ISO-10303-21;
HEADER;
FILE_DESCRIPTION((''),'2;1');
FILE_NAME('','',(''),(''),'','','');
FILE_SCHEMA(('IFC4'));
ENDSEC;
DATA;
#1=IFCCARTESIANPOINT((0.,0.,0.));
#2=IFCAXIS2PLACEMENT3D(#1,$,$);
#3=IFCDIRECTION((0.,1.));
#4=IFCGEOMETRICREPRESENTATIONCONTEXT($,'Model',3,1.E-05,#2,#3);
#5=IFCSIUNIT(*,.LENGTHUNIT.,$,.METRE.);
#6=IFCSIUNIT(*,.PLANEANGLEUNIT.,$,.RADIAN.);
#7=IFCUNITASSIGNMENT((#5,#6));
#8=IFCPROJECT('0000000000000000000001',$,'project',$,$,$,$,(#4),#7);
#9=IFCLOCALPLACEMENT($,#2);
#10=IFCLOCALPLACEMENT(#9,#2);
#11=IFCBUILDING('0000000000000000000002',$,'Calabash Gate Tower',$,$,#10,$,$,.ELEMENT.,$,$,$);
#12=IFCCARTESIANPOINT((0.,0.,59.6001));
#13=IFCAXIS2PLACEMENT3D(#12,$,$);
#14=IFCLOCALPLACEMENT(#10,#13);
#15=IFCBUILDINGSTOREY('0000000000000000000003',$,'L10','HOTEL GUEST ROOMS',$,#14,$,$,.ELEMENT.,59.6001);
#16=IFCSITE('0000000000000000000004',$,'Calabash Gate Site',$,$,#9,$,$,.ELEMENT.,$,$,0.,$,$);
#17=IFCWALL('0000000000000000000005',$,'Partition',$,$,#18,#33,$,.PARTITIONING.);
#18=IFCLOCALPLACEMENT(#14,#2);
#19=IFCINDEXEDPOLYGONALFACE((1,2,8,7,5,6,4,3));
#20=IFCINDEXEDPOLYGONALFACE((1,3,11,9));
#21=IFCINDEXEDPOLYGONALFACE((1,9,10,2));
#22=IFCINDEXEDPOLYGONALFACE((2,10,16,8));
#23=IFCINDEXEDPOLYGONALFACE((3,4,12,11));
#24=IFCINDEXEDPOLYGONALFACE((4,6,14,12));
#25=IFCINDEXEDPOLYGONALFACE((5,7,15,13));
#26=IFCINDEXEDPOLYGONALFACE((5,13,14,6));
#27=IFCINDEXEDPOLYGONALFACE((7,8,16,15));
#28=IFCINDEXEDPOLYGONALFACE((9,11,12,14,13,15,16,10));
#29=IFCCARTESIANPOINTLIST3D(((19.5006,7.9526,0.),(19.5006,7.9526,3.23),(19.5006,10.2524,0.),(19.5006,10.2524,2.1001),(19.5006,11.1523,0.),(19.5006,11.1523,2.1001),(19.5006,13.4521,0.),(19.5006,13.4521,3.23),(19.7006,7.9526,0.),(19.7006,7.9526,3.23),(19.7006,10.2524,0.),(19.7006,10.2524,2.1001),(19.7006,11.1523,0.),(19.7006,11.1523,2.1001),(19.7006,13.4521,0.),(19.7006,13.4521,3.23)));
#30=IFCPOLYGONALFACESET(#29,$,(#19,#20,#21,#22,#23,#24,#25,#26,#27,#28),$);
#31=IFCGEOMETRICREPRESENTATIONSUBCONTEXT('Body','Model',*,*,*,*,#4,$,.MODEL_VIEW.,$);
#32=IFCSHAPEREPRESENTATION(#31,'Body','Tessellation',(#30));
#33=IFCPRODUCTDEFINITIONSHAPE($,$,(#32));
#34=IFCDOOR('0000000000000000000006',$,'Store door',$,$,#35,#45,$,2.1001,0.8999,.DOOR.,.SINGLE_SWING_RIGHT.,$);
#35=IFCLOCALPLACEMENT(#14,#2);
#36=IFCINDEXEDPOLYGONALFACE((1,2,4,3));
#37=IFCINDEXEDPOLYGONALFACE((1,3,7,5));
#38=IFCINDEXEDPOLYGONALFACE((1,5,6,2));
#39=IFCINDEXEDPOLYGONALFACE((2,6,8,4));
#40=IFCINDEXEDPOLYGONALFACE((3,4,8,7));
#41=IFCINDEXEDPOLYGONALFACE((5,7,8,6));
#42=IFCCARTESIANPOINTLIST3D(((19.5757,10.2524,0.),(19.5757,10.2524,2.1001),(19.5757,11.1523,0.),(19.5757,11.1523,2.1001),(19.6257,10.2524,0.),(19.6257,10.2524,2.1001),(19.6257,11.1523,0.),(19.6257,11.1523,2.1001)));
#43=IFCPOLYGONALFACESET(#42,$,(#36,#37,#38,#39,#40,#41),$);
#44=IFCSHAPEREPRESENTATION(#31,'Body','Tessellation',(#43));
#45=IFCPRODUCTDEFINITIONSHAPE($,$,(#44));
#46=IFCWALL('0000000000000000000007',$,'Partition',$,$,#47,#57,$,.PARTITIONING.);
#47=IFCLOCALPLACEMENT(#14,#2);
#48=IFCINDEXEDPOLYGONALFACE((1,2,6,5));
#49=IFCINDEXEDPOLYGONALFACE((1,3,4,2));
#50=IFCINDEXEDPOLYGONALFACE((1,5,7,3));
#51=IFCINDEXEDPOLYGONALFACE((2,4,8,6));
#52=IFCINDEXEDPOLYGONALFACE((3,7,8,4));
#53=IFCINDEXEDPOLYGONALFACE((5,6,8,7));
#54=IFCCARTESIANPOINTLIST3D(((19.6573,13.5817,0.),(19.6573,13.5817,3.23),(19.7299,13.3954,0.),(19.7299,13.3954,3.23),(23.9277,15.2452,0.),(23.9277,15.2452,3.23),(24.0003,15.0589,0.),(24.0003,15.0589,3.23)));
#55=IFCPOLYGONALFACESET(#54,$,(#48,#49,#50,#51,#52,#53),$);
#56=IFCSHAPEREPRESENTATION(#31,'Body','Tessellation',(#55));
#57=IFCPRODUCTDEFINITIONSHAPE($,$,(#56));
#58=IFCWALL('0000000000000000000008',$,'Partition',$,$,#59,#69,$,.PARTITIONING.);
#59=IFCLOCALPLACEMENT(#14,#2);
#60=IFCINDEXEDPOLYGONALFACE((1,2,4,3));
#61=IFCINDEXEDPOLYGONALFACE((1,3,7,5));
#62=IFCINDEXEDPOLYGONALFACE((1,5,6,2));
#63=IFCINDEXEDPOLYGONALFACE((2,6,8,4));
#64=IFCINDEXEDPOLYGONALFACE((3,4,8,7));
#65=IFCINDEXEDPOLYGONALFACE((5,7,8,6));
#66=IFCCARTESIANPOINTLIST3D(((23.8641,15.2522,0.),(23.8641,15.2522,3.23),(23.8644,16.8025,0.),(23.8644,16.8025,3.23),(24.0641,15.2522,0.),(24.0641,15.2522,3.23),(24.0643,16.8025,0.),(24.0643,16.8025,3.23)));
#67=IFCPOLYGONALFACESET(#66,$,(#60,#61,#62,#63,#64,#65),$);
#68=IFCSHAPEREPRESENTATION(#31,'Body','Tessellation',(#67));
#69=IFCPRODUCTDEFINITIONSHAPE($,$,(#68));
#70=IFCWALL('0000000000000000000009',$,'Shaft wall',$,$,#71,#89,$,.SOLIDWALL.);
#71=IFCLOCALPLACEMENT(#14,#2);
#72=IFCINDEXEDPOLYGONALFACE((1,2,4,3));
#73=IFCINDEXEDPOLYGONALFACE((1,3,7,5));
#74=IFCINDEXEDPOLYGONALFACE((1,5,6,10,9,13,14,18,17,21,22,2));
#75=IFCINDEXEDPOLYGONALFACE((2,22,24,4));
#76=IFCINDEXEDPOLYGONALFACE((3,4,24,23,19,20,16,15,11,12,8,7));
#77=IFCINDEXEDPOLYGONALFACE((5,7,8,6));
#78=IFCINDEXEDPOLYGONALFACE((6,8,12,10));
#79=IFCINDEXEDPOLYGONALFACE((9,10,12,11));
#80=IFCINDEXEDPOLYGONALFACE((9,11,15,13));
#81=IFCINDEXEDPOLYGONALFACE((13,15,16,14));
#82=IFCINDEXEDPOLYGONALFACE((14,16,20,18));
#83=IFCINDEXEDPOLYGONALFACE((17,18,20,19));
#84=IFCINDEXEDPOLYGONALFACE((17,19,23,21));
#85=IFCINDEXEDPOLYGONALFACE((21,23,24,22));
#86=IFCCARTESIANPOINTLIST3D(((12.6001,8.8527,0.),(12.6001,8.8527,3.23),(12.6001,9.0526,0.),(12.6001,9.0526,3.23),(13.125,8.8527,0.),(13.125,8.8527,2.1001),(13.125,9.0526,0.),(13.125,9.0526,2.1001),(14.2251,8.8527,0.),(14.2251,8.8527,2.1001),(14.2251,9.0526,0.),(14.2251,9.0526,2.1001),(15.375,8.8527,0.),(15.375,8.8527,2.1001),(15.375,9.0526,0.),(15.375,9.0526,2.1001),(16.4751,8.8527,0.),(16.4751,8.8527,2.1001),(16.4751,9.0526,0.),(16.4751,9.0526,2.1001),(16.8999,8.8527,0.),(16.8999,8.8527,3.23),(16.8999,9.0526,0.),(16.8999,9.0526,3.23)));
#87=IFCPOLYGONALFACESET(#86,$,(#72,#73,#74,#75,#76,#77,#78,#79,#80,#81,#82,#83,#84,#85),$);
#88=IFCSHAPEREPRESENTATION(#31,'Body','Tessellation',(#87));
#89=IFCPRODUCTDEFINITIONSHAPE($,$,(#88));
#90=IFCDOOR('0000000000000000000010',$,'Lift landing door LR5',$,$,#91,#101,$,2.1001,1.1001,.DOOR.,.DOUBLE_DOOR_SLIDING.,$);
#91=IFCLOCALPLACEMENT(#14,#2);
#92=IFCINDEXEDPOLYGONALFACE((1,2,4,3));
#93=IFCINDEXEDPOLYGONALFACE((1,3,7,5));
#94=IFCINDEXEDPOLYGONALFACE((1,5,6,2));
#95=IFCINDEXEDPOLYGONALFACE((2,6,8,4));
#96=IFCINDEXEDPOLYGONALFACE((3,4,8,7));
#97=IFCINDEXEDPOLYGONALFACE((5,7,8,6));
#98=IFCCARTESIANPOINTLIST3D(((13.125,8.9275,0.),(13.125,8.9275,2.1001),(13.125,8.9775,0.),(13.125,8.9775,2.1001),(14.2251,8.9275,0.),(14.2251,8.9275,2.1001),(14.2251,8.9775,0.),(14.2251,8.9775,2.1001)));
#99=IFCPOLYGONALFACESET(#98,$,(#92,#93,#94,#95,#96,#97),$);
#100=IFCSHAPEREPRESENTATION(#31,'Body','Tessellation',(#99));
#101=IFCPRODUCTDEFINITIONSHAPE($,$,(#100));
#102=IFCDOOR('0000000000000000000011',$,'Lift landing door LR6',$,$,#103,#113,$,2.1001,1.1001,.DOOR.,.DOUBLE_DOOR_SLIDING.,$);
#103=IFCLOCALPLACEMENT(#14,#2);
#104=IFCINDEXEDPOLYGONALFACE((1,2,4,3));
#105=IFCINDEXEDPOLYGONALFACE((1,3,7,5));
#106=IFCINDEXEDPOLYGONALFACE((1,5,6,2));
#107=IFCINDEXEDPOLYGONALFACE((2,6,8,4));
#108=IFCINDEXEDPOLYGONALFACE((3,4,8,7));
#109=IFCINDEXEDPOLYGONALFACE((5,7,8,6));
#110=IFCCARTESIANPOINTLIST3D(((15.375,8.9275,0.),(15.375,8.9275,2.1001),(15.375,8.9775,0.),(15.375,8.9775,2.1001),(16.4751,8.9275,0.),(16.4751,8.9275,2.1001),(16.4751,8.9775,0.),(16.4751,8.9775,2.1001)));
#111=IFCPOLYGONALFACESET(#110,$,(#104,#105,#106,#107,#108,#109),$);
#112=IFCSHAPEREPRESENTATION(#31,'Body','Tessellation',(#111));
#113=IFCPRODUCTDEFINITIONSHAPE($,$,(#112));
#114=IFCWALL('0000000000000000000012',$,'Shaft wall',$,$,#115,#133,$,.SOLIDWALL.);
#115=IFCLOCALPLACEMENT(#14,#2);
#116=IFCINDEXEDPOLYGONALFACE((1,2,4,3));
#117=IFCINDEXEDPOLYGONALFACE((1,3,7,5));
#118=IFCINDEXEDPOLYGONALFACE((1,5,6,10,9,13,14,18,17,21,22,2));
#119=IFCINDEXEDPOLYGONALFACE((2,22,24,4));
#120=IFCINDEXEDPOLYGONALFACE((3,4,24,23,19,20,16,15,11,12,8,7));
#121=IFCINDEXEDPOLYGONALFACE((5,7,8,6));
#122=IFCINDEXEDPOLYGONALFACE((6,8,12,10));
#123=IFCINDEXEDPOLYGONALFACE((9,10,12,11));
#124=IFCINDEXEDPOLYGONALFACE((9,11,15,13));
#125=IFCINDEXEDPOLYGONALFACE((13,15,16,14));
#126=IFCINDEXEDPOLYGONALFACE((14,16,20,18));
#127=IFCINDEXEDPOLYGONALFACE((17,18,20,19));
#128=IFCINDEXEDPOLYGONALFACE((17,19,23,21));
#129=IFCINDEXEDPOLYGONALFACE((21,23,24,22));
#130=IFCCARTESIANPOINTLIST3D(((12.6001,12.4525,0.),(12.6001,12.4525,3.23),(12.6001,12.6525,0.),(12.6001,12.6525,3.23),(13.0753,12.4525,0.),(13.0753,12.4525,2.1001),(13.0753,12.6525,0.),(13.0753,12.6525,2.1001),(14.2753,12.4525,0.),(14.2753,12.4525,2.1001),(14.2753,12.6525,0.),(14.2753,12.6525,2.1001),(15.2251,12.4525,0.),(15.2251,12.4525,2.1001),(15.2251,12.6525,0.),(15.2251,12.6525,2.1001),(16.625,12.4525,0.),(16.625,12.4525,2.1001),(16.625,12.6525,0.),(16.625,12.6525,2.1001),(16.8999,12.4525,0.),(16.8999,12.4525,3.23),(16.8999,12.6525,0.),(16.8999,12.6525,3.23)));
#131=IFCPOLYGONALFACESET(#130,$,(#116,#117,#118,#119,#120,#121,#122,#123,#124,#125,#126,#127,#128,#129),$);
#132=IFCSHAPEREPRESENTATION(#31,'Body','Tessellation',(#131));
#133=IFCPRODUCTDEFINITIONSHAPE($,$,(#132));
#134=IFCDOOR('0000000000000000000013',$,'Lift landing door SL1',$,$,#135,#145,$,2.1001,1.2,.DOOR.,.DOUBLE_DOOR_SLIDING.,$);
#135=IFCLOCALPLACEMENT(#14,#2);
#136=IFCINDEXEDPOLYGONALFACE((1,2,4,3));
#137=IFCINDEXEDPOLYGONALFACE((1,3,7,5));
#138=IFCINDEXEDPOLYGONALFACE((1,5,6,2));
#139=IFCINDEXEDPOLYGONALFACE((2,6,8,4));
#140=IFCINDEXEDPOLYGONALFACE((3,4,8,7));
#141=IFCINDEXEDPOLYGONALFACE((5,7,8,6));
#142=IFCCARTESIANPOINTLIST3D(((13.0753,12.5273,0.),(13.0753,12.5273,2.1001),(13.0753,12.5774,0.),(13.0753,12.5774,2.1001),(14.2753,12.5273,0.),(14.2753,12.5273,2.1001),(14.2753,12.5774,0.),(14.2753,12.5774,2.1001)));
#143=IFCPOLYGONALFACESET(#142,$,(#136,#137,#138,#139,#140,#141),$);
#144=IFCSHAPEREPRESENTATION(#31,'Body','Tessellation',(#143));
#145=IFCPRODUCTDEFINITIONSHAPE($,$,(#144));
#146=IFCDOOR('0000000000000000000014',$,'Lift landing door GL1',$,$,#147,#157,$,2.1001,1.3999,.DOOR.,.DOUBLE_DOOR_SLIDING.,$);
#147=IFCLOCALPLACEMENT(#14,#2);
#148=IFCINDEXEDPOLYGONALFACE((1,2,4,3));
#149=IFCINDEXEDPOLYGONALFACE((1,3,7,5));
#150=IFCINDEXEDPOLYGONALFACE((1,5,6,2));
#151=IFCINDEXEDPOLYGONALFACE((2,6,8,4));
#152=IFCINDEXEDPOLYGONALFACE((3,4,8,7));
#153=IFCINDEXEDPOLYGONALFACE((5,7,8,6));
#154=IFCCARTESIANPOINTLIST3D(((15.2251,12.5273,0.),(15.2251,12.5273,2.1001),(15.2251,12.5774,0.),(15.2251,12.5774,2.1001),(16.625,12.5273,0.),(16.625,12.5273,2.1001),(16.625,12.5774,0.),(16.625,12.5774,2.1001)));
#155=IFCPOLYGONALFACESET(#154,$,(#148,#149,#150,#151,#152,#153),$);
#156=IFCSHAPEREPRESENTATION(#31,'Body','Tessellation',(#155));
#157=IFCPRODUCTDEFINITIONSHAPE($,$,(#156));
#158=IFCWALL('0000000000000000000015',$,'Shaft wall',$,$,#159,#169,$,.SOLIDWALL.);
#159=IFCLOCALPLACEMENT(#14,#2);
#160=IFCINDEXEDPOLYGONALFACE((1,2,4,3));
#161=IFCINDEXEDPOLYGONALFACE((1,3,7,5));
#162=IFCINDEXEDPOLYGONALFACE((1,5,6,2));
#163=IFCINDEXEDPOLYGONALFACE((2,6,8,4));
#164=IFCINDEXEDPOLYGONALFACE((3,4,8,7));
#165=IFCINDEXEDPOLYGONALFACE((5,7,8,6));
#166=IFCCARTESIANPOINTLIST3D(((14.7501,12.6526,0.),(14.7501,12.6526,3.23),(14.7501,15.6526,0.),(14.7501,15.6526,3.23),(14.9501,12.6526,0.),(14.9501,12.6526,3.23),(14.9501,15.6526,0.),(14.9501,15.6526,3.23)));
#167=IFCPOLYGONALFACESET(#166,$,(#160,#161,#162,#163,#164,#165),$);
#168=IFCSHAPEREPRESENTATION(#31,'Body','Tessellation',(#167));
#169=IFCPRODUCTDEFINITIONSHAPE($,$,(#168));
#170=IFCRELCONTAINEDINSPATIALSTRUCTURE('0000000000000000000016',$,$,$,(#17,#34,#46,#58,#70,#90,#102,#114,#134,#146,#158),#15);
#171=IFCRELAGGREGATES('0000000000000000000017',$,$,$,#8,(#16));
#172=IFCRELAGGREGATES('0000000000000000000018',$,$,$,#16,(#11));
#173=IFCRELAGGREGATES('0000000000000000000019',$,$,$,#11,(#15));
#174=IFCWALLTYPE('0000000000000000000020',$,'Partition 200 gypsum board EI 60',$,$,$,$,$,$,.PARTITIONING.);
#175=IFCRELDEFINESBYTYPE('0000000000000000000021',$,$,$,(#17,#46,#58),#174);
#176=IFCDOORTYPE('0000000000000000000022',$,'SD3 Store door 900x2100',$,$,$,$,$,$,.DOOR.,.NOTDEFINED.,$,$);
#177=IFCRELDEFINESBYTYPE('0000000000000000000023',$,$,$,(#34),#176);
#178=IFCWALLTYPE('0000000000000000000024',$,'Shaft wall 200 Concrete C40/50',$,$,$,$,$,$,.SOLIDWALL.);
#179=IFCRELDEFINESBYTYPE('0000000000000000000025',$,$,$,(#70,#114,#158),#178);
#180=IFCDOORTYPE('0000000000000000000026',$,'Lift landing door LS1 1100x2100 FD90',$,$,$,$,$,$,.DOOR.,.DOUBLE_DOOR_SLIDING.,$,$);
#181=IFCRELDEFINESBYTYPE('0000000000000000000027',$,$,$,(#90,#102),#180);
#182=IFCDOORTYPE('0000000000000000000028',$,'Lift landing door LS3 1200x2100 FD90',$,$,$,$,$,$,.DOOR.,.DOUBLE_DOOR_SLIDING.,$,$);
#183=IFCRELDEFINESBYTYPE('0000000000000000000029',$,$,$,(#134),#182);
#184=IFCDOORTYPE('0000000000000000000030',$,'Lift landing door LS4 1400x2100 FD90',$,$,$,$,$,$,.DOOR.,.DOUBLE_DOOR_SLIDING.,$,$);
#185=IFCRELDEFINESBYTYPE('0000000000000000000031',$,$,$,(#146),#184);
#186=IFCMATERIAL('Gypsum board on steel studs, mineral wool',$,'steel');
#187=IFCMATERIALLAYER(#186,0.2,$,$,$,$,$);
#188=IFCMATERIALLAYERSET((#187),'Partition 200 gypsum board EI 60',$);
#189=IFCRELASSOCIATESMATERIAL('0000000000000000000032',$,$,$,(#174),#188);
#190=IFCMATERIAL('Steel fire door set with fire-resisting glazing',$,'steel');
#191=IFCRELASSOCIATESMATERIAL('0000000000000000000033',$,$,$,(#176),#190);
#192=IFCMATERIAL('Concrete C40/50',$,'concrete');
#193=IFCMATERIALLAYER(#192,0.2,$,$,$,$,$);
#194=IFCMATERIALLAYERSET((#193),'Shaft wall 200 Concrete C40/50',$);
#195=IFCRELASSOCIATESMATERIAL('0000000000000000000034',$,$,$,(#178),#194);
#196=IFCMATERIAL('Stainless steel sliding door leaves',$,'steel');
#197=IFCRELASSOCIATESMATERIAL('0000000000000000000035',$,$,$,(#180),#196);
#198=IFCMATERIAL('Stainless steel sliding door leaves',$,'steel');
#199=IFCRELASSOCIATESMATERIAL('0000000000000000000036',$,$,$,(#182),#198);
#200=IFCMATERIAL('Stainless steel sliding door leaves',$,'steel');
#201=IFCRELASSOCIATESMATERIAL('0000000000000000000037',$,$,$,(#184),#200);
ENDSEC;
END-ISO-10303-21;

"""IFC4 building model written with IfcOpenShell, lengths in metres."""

from ifc_helpers import new_model, si_unit, direction, frame, frame_2d, origin, place, context, subcontext, project, spatial, rectangle, extrude, material, layer, layer_set, type_object, element, fill, save


model = new_model("IFC4")

# Units and contexts
model_context = context("Model", 3, precision=1e-05, world=origin(), true_north=direction((0.0, 1.0)))
body_context = subcontext(model_context, "Body", "Model", "MODEL_VIEW")
ifc_project = project(units=[si_unit("LENGTHUNIT", "METRE"), si_unit("PLANEANGLEUNIT", "RADIAN")], contexts=[model_context])

# Site, building, storey
site_placement = place(None, origin())
site = spatial("IfcSite", under=ifc_project, at=site_placement, Name="Calabash Gate Site", CompositionType="ELEMENT", RefElevation=0.0)
building_placement = place(site_placement, origin())
building = spatial("IfcBuilding", under=site, at=building_placement, Name="Calabash Gate Tower", CompositionType="ELEMENT")
storey_placement = place(building_placement, frame((0.0, 0.0, 59.6001)))
storey = spatial("IfcBuildingStorey", under=building, at=storey_placement, Name="L10", Description="HOTEL GUEST ROOMS", CompositionType="ELEMENT", Elevation=59.6001)

# Shared definitions
ifc_material_1 = material(Name="Gypsum board on steel studs, mineral wool", Category="steel")
ifc_layer_1 = layer(ifc_material_1, 0.2)
ifc_layer_set_1 = layer_set([ifc_layer_1], Name="Partition 200 gypsum board EI 60")
wall_type_1 = type_object("IfcWallType", Name="Partition 200 gypsum board EI 60", PredefinedType="PARTITIONING", material=ifc_layer_set_1)

# Wall, opening, door
wall_1_placement = place(storey_placement, frame((19.6006, 7.9526, 0.0), z_axis=(0.0, 0.0, 1.0), x_axis=(0.0, 1.0, 0.0)))
wall_1 = element("IfcWall", 1, at=wall_1_placement, inside=storey, type_object=wall_type_1, Name="Partition", PredefinedType="PARTITIONING", context=body_context, shape_type="SweptSolid", body=[
    extrude(rectangle(XDim=5.4995, YDim=0.2, at=frame_2d((2.7498, 0.0))), origin(), (0.0, 0.0, 1.0), 3.23),
])
opening_1_placement = place(wall_1_placement, frame((2.2998, 0.0, 0.0)))
opening_1 = element("IfcOpeningElement", 2, at=opening_1_placement, cuts=wall_1, PredefinedType="OPENING", context=body_context, shape_type="SweptSolid", body=[
    extrude(rectangle(XDim=0.8999, YDim=2.1001, at=frame_2d((0.45, 1.05))), frame((0.0, 0.1099, 0.0), z_axis=(0.0, -1.0, 0.0), x_axis=(1.0, 0.0, 0.0)), (0.0, 0.0, 1.0), 0.22),
])
ifc_material_2 = material(Name="Steel fire door set with fire-resisting glazing", Category="steel")
door_type_1 = type_object("IfcDoorType", Name="SD3 Store door 900x2100", OperationType="NOTDEFINED", PredefinedType="DOOR", material=ifc_material_2)
door_1_placement = place(opening_1_placement, origin())
door_1 = element("IfcDoor", 3, at=door_1_placement, inside=storey, type_object=door_type_1, Name="Store door", OperationType="SINGLE_SWING_RIGHT", OverallHeight=2.1001, OverallWidth=0.8999, PredefinedType="DOOR", context=body_context, shape_type="SweptSolid", body=[
    extrude(rectangle(XDim=0.8999, YDim=2.1001, at=frame_2d((0.45, 1.05))), frame((0.0, 0.0249, 0.0), z_axis=(0.0, -1.0, 0.0), x_axis=(1.0, 0.0, 0.0)), (0.0, 0.0, 1.0), 0.05),
])
fill(opening_1, door_1)

# Walls
wall_2_placement = place(storey_placement, frame((19.6936, 13.4885, 0.0), z_axis=(0.0, 0.0, 1.0), x_axis=(0.931797, 0.362981, 0.0)))
element("IfcWall", 4, at=wall_2_placement, inside=storey, type_object=wall_type_1, Name="Partition", PredefinedType="PARTITIONING", context=body_context, shape_type="SweptSolid", body=[
    extrude(rectangle(XDim=4.583, YDim=0.2, at=frame_2d((2.2915, 0.0))), origin(), (0.0, 0.0, 1.0), 3.23),
])
wall_3_placement = place(storey_placement, frame((23.9641, 15.2522, 0.0), z_axis=(0.0, 0.0, 1.0), x_axis=(0.000157, 1.0, 0.0)))
element("IfcWall", 5, at=wall_3_placement, inside=storey, type_object=wall_type_1, Name="Partition", PredefinedType="PARTITIONING", context=body_context, shape_type="SweptSolid", body=[
    extrude(rectangle(XDim=1.5503, YDim=0.2, at=frame_2d((0.7751, 0.0))), origin(), (0.0, 0.0, 1.0), 3.23),
])

# Walls, openings, doors
ifc_material_3 = material(Name="Concrete C40/50", Category="concrete")
ifc_layer_2 = layer(ifc_material_3, 0.2)
ifc_layer_set_2 = layer_set([ifc_layer_2], Name="Shaft wall 200 Concrete C40/50")
wall_type_2 = type_object("IfcWallType", Name="Shaft wall 200 Concrete C40/50", PredefinedType="SOLIDWALL", material=ifc_layer_set_2)
wall_4_placement = place(storey_placement, frame((12.6001, 8.9526, 0.0), z_axis=(0.0, 0.0, 1.0), x_axis=(1.0, 0.0, 0.0)))
wall_4 = element("IfcWall", 6, at=wall_4_placement, inside=storey, type_object=wall_type_2, Name="Shaft wall", PredefinedType="SOLIDWALL", context=body_context, shape_type="SweptSolid", body=[
    extrude(rectangle(XDim=4.2998, YDim=0.2, at=frame_2d((2.1499, 0.0))), origin(), (0.0, 0.0, 1.0), 3.23),
])
opening_2_placement = place(wall_4_placement, frame((0.5249, 0.0, 0.0)))
opening_2 = element("IfcOpeningElement", 7, at=opening_2_placement, cuts=wall_4, PredefinedType="OPENING", context=body_context, shape_type="SweptSolid", body=[
    extrude(rectangle(XDim=1.1001, YDim=2.1001, at=frame_2d((0.55, 1.05))), frame((0.0, 0.1099, 0.0), z_axis=(0.0, -1.0, 0.0), x_axis=(1.0, 0.0, 0.0)), (0.0, 0.0, 1.0), 0.22),
])
opening_3_placement = place(wall_4_placement, frame((2.7749, 0.0, 0.0)))
opening_3 = element("IfcOpeningElement", 8, at=opening_3_placement, cuts=wall_4, PredefinedType="OPENING", context=body_context, shape_type="SweptSolid", body=[
    extrude(rectangle(XDim=1.1001, YDim=2.1001, at=frame_2d((0.55, 1.05))), frame((0.0, 0.1099, 0.0), z_axis=(0.0, -1.0, 0.0), x_axis=(1.0, 0.0, 0.0)), (0.0, 0.0, 1.0), 0.22),
])
ifc_material_4 = material(Name="Stainless steel sliding door leaves", Category="steel")
door_type_2 = type_object("IfcDoorType", Name="Lift landing door LS1 1100x2100 FD90", OperationType="DOUBLE_DOOR_SLIDING", PredefinedType="DOOR", material=ifc_material_4)
door_2_placement = place(opening_2_placement, origin())
door_2 = element("IfcDoor", 9, at=door_2_placement, inside=storey, type_object=door_type_2, Name="Lift landing door LR5", OperationType="DOUBLE_DOOR_SLIDING", OverallHeight=2.1001, OverallWidth=1.1001, PredefinedType="DOOR", context=body_context, shape_type="SweptSolid", body=[
    extrude(rectangle(XDim=1.1001, YDim=2.1001, at=frame_2d((0.55, 1.05))), frame((0.0, 0.0249, 0.0), z_axis=(0.0, -1.0, 0.0), x_axis=(1.0, 0.0, 0.0)), (0.0, 0.0, 1.0), 0.05),
])
fill(opening_2, door_2)
door_3_placement = place(opening_3_placement, origin())
door_3 = element("IfcDoor", 10, at=door_3_placement, inside=storey, type_object=door_type_2, Name="Lift landing door LR6", OperationType="DOUBLE_DOOR_SLIDING", OverallHeight=2.1001, OverallWidth=1.1001, PredefinedType="DOOR", context=body_context, shape_type="SweptSolid", body=[
    extrude(rectangle(XDim=1.1001, YDim=2.1001, at=frame_2d((0.55, 1.05))), frame((0.0, 0.0249, 0.0), z_axis=(0.0, -1.0, 0.0), x_axis=(1.0, 0.0, 0.0)), (0.0, 0.0, 1.0), 0.05),
])
fill(opening_3, door_3)
wall_5_placement = place(storey_placement, frame((12.6001, 12.5525, 0.0), z_axis=(0.0, 0.0, 1.0), x_axis=(1.0, 0.0, 0.0)))
wall_5 = element("IfcWall", 11, at=wall_5_placement, inside=storey, type_object=wall_type_2, Name="Shaft wall", PredefinedType="SOLIDWALL", context=body_context, shape_type="SweptSolid", body=[
    extrude(rectangle(XDim=4.2998, YDim=0.2, at=frame_2d((2.1499, 0.0))), origin(), (0.0, 0.0, 1.0), 3.23),
])
opening_4_placement = place(wall_5_placement, frame((0.4751, 0.0, 0.0)))
opening_4 = element("IfcOpeningElement", 12, at=opening_4_placement, cuts=wall_5, PredefinedType="OPENING", context=body_context, shape_type="SweptSolid", body=[
    extrude(rectangle(XDim=1.2, YDim=2.1001, at=frame_2d((0.6001, 1.05))), frame((0.0, 0.1099, 0.0), z_axis=(0.0, -1.0, 0.0), x_axis=(1.0, 0.0, 0.0)), (0.0, 0.0, 1.0), 0.22),
])
opening_5_placement = place(wall_5_placement, frame((2.625, 0.0, 0.0)))
opening_5 = element("IfcOpeningElement", 13, at=opening_5_placement, cuts=wall_5, PredefinedType="OPENING", context=body_context, shape_type="SweptSolid", body=[
    extrude(rectangle(XDim=1.3999, YDim=2.1001, at=frame_2d((0.7, 1.05))), frame((0.0, 0.1099, 0.0), z_axis=(0.0, -1.0, 0.0), x_axis=(1.0, 0.0, 0.0)), (0.0, 0.0, 1.0), 0.22),
])
ifc_material_5 = material(Name="Stainless steel sliding door leaves", Category="steel")
door_type_3 = type_object("IfcDoorType", Name="Lift landing door LS3 1200x2100 FD90", OperationType="DOUBLE_DOOR_SLIDING", PredefinedType="DOOR", material=ifc_material_5)
door_4_placement = place(opening_4_placement, origin())
door_4 = element("IfcDoor", 14, at=door_4_placement, inside=storey, type_object=door_type_3, Name="Lift landing door SL1", OperationType="DOUBLE_DOOR_SLIDING", OverallHeight=2.1001, OverallWidth=1.2, PredefinedType="DOOR", context=body_context, shape_type="SweptSolid", body=[
    extrude(rectangle(XDim=1.2, YDim=2.1001, at=frame_2d((0.6001, 1.05))), frame((0.0, 0.0249, 0.0), z_axis=(0.0, -1.0, 0.0), x_axis=(1.0, 0.0, 0.0)), (0.0, 0.0, 1.0), 0.05),
])
fill(opening_4, door_4)
ifc_material_6 = material(Name="Stainless steel sliding door leaves", Category="steel")
door_type_4 = type_object("IfcDoorType", Name="Lift landing door LS4 1400x2100 FD90", OperationType="DOUBLE_DOOR_SLIDING", PredefinedType="DOOR", material=ifc_material_6)
door_5_placement = place(opening_5_placement, origin())
door_5 = element("IfcDoor", 15, at=door_5_placement, inside=storey, type_object=door_type_4, Name="Lift landing door GL1", OperationType="DOUBLE_DOOR_SLIDING", OverallHeight=2.1001, OverallWidth=1.3999, PredefinedType="DOOR", context=body_context, shape_type="SweptSolid", body=[
    extrude(rectangle(XDim=1.3999, YDim=2.1001, at=frame_2d((0.7, 1.05))), frame((0.0, 0.0249, 0.0), z_axis=(0.0, -1.0, 0.0), x_axis=(1.0, 0.0, 0.0)), (0.0, 0.0, 1.0), 0.05),
])
fill(opening_5, door_5)

# Wall
wall_6_placement = place(storey_placement, frame((14.8501, 12.6526, 0.0), z_axis=(0.0, 0.0, 1.0), x_axis=(0.0, 1.0, 0.0)))
element("IfcWall", 16, at=wall_6_placement, inside=storey, type_object=wall_type_2, Name="Shaft wall", PredefinedType="SOLIDWALL", context=body_context, shape_type="SweptSolid", body=[
    extrude(rectangle(XDim=3.0, YDim=0.2, at=frame_2d((1.5, 0.0))), origin(), (0.0, 0.0, 1.0), 3.23),
])

save(model, "model.ifc")
